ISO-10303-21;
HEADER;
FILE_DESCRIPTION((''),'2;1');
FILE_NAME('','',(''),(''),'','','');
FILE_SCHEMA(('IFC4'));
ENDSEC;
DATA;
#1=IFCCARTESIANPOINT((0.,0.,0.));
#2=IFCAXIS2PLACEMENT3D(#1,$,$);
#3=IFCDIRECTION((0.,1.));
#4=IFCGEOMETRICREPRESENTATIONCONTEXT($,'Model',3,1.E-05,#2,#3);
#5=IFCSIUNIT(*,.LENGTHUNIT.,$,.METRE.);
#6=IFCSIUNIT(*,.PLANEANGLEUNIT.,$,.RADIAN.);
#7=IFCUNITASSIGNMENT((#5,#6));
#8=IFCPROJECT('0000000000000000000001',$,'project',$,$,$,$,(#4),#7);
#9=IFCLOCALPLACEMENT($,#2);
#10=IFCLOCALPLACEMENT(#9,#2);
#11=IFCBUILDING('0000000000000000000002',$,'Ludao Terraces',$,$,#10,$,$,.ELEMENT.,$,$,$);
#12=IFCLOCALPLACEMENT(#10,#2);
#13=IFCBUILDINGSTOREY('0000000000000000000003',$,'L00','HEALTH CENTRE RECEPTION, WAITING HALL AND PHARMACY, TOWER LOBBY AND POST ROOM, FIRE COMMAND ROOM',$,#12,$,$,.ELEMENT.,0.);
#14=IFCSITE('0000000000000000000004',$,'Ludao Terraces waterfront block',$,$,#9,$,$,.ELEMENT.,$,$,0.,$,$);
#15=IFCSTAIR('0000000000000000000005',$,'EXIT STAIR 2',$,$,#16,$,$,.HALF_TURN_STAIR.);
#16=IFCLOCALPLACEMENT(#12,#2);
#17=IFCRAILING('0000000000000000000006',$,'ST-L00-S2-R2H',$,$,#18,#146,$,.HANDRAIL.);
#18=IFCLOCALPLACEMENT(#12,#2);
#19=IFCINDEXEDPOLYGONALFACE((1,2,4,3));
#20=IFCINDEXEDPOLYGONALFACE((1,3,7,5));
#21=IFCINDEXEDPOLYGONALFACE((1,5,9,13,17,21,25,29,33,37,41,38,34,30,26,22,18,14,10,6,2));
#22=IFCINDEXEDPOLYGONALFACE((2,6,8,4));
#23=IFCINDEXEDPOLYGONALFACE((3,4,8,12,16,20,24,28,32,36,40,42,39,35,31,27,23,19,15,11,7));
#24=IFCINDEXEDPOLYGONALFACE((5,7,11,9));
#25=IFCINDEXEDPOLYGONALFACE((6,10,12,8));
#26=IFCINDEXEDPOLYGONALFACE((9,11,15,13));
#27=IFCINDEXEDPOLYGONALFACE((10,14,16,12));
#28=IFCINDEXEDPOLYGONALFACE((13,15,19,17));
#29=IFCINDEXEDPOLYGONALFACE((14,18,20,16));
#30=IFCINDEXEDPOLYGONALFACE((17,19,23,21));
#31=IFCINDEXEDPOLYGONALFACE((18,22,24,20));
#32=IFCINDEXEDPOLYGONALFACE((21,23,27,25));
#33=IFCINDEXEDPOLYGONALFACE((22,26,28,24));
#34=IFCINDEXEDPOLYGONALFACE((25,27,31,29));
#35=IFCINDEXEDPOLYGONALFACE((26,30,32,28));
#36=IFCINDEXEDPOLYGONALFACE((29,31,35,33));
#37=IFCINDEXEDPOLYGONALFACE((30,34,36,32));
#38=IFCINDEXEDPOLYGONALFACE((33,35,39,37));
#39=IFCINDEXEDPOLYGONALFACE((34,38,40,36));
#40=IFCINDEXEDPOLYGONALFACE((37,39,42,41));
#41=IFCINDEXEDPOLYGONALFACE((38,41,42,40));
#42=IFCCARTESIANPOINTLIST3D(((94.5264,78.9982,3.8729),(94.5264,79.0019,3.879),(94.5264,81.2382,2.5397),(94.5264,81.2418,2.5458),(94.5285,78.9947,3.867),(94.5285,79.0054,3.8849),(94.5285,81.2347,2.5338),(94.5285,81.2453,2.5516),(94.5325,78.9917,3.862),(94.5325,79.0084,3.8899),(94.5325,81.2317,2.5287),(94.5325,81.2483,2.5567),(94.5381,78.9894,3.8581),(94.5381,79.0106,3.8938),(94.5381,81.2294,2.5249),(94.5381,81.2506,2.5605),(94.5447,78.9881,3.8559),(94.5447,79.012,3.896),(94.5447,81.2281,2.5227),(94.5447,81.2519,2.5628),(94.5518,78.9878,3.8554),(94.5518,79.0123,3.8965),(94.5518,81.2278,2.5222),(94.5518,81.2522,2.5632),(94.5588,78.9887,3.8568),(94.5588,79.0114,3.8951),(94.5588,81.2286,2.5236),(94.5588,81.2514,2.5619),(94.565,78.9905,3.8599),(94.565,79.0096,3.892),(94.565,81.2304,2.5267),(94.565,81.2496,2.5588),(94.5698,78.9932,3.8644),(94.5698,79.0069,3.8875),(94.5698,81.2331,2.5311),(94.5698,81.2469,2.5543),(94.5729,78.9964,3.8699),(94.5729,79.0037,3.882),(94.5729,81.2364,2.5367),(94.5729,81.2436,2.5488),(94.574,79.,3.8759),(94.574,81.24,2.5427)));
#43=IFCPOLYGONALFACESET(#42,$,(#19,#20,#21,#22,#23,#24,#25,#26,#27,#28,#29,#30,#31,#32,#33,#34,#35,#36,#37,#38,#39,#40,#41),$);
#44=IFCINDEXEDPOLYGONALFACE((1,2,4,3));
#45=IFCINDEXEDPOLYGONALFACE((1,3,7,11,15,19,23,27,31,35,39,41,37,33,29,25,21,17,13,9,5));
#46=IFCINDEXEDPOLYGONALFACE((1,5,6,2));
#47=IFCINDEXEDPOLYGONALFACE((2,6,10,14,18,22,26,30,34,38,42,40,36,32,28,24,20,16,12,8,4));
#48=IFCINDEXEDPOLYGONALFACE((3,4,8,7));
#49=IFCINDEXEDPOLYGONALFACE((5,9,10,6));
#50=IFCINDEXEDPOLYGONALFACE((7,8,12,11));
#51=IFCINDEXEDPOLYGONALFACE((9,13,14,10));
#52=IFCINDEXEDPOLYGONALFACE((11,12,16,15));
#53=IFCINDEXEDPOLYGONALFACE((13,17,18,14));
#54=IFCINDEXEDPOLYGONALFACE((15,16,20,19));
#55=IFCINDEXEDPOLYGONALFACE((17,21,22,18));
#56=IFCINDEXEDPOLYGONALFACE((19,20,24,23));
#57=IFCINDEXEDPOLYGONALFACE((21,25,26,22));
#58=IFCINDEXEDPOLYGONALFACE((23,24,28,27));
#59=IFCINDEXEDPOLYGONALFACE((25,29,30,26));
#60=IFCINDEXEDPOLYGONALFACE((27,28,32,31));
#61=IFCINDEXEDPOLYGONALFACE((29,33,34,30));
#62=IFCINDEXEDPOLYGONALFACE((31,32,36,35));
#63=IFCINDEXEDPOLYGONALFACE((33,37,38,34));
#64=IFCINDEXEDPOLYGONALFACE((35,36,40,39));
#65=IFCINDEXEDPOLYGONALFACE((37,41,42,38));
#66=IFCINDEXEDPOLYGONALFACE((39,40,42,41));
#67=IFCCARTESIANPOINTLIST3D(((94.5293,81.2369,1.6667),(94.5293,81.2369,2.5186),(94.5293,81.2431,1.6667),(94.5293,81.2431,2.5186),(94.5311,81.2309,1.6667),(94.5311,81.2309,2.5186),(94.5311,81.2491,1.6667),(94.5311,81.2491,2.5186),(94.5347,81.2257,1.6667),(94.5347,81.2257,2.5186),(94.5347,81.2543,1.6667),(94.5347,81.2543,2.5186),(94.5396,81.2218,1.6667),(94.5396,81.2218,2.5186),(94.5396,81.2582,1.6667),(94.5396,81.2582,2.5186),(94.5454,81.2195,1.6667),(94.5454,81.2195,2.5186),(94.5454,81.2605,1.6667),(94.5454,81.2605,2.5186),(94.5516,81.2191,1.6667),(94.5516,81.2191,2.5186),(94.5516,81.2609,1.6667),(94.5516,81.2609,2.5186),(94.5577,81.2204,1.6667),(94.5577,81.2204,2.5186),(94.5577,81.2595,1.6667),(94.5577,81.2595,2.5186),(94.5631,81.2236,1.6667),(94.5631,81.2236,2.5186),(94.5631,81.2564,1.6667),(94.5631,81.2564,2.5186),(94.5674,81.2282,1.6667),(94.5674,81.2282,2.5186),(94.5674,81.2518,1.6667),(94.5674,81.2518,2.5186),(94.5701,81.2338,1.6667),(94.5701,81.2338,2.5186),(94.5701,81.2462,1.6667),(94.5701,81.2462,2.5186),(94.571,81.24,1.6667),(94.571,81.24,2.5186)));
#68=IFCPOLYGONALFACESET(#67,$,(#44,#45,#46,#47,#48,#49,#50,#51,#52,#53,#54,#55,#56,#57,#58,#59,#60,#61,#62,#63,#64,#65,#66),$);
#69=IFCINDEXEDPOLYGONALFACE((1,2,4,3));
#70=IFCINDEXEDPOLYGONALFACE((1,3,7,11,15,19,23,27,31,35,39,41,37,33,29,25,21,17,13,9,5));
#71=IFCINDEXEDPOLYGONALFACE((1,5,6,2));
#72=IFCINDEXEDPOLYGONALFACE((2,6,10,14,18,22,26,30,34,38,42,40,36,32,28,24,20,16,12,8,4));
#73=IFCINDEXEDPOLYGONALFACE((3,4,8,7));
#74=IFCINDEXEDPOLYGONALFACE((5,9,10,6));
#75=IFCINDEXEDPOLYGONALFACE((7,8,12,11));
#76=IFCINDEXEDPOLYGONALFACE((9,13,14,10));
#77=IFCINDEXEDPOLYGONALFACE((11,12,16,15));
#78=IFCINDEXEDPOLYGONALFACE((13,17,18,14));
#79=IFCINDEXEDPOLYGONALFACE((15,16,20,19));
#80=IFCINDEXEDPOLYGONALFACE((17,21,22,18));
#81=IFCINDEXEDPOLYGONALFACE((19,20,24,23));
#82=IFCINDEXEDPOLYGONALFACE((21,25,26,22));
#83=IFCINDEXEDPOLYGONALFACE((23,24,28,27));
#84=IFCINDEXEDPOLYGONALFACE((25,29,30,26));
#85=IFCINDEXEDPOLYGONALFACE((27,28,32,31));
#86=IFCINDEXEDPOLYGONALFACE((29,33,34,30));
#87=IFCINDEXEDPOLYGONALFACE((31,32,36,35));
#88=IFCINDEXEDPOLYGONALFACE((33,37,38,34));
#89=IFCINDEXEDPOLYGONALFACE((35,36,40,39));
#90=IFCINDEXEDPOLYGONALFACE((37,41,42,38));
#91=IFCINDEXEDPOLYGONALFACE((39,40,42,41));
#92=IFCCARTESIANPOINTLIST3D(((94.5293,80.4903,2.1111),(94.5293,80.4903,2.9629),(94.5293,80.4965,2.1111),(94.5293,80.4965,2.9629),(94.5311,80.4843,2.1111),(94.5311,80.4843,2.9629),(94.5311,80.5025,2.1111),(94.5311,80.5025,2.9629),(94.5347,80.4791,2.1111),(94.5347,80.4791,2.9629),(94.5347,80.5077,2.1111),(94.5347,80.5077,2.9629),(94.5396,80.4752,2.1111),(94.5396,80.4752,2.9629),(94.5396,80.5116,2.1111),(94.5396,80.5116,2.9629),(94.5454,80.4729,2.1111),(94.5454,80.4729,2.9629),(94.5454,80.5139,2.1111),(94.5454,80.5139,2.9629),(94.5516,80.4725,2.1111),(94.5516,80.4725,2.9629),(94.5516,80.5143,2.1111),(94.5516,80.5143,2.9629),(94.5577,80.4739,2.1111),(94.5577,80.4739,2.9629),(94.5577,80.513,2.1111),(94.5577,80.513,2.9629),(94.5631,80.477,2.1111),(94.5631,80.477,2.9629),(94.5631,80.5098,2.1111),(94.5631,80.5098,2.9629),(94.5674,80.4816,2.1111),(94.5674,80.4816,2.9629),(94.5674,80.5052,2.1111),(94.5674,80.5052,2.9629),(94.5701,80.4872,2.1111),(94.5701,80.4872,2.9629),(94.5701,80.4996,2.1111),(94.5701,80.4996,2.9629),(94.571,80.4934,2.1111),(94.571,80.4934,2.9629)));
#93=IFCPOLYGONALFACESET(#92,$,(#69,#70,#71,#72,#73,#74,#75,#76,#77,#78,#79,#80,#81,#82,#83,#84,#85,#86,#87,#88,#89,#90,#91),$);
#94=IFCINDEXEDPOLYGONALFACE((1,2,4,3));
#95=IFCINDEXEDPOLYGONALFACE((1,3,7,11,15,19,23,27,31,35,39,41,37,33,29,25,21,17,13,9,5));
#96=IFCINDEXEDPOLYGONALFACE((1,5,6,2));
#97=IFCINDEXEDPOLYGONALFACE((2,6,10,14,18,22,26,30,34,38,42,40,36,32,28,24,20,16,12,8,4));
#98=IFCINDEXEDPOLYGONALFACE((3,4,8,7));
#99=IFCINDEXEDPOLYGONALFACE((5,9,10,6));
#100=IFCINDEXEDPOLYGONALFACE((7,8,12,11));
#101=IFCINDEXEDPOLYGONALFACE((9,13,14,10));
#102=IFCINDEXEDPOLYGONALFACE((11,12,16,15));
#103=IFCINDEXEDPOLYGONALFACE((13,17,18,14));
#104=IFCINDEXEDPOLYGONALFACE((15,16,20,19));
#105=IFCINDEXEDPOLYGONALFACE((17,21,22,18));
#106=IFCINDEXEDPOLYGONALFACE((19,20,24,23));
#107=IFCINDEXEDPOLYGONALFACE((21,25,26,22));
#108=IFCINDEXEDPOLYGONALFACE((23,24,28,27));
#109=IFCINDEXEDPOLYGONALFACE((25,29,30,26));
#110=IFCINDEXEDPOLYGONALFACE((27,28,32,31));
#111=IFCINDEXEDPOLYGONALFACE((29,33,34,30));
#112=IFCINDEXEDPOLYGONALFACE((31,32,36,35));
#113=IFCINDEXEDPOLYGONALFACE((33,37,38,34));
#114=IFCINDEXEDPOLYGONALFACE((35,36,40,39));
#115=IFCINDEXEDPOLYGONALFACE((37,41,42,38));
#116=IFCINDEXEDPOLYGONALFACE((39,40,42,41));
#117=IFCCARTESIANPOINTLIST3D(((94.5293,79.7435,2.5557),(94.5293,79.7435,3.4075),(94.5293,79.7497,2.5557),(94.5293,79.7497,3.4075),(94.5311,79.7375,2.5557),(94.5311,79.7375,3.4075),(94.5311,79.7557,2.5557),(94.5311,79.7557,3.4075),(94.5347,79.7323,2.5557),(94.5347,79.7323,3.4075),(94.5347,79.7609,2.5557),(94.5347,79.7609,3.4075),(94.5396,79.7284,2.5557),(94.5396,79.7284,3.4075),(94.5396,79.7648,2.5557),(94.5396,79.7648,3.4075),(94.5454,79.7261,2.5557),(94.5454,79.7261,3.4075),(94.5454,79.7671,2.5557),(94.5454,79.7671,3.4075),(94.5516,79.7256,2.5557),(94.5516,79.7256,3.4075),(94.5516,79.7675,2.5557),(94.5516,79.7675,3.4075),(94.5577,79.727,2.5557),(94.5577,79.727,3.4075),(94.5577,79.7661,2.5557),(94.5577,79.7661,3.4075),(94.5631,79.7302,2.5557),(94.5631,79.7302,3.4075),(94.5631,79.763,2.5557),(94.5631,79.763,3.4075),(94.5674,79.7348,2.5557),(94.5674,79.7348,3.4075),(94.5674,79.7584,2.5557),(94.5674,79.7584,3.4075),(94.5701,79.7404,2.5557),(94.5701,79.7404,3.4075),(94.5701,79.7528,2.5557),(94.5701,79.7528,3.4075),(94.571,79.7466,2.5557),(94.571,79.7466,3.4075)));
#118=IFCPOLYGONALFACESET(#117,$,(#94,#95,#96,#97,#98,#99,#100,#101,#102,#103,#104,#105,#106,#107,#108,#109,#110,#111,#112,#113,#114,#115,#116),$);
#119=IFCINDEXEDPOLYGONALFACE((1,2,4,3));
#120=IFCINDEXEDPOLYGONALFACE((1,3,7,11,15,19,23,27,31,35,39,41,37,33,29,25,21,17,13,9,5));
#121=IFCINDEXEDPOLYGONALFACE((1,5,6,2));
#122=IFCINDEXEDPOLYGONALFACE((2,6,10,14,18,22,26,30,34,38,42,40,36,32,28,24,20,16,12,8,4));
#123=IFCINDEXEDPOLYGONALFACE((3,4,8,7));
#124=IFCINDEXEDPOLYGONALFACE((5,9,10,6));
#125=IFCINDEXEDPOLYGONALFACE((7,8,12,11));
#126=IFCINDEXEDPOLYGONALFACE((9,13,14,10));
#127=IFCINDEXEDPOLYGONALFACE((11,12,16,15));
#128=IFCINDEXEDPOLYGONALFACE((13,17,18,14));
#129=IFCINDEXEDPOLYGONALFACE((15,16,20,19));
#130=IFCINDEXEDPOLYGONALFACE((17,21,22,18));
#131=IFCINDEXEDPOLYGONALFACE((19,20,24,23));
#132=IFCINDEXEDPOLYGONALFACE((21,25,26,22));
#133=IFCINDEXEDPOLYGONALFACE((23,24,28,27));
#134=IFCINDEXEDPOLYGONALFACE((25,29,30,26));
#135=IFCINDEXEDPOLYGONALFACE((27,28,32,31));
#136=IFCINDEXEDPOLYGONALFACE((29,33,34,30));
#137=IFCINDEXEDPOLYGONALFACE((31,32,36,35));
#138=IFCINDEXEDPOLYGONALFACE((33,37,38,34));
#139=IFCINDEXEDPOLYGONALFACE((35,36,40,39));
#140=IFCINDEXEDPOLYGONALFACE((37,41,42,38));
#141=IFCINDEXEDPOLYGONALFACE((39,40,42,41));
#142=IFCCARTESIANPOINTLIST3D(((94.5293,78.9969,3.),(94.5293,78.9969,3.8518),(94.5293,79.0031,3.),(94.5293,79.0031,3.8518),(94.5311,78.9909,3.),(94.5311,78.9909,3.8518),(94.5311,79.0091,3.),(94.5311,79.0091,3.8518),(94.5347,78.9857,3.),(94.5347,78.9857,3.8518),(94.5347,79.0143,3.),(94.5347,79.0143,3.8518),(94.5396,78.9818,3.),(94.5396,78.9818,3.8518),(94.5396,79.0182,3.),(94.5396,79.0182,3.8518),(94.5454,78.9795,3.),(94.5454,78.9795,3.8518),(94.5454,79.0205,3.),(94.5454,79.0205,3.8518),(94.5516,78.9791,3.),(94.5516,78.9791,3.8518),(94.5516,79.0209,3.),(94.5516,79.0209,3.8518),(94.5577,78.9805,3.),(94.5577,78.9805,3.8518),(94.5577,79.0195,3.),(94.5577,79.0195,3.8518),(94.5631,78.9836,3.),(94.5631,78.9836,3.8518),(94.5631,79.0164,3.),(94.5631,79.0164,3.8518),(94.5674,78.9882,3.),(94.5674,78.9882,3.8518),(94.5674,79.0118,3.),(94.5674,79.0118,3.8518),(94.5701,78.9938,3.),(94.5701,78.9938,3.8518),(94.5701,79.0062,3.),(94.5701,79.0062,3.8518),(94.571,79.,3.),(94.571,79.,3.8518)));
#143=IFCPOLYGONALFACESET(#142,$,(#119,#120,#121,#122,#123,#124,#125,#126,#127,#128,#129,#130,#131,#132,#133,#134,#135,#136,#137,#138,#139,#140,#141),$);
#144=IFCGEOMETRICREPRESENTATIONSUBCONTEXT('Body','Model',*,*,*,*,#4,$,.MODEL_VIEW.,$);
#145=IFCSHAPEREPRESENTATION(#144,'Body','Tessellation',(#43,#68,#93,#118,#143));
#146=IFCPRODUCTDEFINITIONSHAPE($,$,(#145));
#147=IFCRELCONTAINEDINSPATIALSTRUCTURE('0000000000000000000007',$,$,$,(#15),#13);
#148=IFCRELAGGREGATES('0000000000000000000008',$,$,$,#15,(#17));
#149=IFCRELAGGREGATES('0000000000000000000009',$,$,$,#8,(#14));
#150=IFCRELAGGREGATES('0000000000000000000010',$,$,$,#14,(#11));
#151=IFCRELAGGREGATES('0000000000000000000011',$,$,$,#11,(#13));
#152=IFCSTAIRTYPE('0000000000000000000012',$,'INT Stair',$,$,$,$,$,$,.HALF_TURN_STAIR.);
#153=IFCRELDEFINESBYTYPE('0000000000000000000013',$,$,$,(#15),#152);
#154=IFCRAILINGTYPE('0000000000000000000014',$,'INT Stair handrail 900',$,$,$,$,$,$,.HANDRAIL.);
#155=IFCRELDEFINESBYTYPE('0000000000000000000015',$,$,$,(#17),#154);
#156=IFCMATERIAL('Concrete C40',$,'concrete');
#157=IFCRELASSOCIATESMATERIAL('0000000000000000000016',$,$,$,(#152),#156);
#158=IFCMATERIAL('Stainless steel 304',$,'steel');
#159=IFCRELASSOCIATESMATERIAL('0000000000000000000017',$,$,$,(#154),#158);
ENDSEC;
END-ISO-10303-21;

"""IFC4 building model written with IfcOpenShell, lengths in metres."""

from ifc_helpers import new_model, si_unit, direction, frame, origin, origin_2d, place, context, subcontext, project, spatial, circle, extrude, material, type_object, element, aggregate, save


model = new_model("IFC4")

# Units and contexts
model_context = context("Model", 3, precision=1e-05, world=origin(), true_north=direction((0.0, 1.0)))
body_context = subcontext(model_context, "Body", "Model", "MODEL_VIEW")
ifc_project = project(units=[si_unit("LENGTHUNIT", "METRE"), si_unit("PLANEANGLEUNIT", "RADIAN")], contexts=[model_context])

# Site, building, storey
site_placement = place(None, origin())
site = spatial("IfcSite", under=ifc_project, at=site_placement, Name="Ludao Terraces waterfront block", CompositionType="ELEMENT", RefElevation=0.0)
building_placement = place(site_placement, origin())
building = spatial("IfcBuilding", under=site, at=building_placement, Name="Ludao Terraces", CompositionType="ELEMENT")
storey_placement = place(building_placement, origin())
storey = spatial("IfcBuildingStorey", under=building, at=storey_placement, Name="L00", Description="HEALTH CENTRE RECEPTION, WAITING HALL AND PHARMACY, TOWER LOBBY AND POST ROOM, FIRE COMMAND ROOM", CompositionType="ELEMENT", Elevation=0.0)

# Shared definitions
ifc_material_1 = material(Name="Concrete C40", Category="concrete")

# Stair, railing
stair_type = type_object("IfcStairType", Name="INT Stair", PredefinedType="HALF_TURN_STAIR", material=ifc_material_1)
stair_placement = place(storey_placement, origin())
stair = element("IfcStair", 1, at=stair_placement, inside=storey, type_object=stair_type, Name="EXIT STAIR 2", PredefinedType="HALF_TURN_STAIR")
ifc_material_2 = material(Name="Stainless steel 304", Category="steel")
railing_type_1 = type_object("IfcRailingType", Name="INT Stair handrail 900", PredefinedType="HANDRAIL", material=ifc_material_2)
railing_1_placement = place(storey_placement, frame((94.55, 81.24, 1.6667)))
railing_1 = element("IfcRailing", 2, at=railing_1_placement, type_object=railing_type_1, Name="ST-L00-S2-R2H", PredefinedType="HANDRAIL", context=body_context, shape_type="SweptSolid", body=[
    extrude(circle(Radius=0.0239, at=origin_2d()), frame((0.0, 0.0, 0.876), z_axis=(0.0, -0.859306, 0.511462), x_axis=(1.0, 0.0, 0.0)), (0.0, 0.0, 1.0), 2.6067),
    extrude(circle(Radius=0.021, at=origin_2d()), origin(), (0.0, 0.0, 1.0), 0.8518),
    extrude(circle(Radius=0.021, at=origin_2d()), frame((0.0, -0.7466, 0.4443)), (0.0, 0.0, 1.0), 0.8518),
    extrude(circle(Radius=0.021, at=origin_2d()), frame((0.0, -1.4934, 0.8889)), (0.0, 0.0, 1.0), 0.8518),
    extrude(circle(Radius=0.021, at=origin_2d()), frame((0.0, -2.24, 1.3333)), (0.0, 0.0, 1.0), 0.8518),
])
aggregate(stair, [railing_1])

save(model, "model.ifc")
